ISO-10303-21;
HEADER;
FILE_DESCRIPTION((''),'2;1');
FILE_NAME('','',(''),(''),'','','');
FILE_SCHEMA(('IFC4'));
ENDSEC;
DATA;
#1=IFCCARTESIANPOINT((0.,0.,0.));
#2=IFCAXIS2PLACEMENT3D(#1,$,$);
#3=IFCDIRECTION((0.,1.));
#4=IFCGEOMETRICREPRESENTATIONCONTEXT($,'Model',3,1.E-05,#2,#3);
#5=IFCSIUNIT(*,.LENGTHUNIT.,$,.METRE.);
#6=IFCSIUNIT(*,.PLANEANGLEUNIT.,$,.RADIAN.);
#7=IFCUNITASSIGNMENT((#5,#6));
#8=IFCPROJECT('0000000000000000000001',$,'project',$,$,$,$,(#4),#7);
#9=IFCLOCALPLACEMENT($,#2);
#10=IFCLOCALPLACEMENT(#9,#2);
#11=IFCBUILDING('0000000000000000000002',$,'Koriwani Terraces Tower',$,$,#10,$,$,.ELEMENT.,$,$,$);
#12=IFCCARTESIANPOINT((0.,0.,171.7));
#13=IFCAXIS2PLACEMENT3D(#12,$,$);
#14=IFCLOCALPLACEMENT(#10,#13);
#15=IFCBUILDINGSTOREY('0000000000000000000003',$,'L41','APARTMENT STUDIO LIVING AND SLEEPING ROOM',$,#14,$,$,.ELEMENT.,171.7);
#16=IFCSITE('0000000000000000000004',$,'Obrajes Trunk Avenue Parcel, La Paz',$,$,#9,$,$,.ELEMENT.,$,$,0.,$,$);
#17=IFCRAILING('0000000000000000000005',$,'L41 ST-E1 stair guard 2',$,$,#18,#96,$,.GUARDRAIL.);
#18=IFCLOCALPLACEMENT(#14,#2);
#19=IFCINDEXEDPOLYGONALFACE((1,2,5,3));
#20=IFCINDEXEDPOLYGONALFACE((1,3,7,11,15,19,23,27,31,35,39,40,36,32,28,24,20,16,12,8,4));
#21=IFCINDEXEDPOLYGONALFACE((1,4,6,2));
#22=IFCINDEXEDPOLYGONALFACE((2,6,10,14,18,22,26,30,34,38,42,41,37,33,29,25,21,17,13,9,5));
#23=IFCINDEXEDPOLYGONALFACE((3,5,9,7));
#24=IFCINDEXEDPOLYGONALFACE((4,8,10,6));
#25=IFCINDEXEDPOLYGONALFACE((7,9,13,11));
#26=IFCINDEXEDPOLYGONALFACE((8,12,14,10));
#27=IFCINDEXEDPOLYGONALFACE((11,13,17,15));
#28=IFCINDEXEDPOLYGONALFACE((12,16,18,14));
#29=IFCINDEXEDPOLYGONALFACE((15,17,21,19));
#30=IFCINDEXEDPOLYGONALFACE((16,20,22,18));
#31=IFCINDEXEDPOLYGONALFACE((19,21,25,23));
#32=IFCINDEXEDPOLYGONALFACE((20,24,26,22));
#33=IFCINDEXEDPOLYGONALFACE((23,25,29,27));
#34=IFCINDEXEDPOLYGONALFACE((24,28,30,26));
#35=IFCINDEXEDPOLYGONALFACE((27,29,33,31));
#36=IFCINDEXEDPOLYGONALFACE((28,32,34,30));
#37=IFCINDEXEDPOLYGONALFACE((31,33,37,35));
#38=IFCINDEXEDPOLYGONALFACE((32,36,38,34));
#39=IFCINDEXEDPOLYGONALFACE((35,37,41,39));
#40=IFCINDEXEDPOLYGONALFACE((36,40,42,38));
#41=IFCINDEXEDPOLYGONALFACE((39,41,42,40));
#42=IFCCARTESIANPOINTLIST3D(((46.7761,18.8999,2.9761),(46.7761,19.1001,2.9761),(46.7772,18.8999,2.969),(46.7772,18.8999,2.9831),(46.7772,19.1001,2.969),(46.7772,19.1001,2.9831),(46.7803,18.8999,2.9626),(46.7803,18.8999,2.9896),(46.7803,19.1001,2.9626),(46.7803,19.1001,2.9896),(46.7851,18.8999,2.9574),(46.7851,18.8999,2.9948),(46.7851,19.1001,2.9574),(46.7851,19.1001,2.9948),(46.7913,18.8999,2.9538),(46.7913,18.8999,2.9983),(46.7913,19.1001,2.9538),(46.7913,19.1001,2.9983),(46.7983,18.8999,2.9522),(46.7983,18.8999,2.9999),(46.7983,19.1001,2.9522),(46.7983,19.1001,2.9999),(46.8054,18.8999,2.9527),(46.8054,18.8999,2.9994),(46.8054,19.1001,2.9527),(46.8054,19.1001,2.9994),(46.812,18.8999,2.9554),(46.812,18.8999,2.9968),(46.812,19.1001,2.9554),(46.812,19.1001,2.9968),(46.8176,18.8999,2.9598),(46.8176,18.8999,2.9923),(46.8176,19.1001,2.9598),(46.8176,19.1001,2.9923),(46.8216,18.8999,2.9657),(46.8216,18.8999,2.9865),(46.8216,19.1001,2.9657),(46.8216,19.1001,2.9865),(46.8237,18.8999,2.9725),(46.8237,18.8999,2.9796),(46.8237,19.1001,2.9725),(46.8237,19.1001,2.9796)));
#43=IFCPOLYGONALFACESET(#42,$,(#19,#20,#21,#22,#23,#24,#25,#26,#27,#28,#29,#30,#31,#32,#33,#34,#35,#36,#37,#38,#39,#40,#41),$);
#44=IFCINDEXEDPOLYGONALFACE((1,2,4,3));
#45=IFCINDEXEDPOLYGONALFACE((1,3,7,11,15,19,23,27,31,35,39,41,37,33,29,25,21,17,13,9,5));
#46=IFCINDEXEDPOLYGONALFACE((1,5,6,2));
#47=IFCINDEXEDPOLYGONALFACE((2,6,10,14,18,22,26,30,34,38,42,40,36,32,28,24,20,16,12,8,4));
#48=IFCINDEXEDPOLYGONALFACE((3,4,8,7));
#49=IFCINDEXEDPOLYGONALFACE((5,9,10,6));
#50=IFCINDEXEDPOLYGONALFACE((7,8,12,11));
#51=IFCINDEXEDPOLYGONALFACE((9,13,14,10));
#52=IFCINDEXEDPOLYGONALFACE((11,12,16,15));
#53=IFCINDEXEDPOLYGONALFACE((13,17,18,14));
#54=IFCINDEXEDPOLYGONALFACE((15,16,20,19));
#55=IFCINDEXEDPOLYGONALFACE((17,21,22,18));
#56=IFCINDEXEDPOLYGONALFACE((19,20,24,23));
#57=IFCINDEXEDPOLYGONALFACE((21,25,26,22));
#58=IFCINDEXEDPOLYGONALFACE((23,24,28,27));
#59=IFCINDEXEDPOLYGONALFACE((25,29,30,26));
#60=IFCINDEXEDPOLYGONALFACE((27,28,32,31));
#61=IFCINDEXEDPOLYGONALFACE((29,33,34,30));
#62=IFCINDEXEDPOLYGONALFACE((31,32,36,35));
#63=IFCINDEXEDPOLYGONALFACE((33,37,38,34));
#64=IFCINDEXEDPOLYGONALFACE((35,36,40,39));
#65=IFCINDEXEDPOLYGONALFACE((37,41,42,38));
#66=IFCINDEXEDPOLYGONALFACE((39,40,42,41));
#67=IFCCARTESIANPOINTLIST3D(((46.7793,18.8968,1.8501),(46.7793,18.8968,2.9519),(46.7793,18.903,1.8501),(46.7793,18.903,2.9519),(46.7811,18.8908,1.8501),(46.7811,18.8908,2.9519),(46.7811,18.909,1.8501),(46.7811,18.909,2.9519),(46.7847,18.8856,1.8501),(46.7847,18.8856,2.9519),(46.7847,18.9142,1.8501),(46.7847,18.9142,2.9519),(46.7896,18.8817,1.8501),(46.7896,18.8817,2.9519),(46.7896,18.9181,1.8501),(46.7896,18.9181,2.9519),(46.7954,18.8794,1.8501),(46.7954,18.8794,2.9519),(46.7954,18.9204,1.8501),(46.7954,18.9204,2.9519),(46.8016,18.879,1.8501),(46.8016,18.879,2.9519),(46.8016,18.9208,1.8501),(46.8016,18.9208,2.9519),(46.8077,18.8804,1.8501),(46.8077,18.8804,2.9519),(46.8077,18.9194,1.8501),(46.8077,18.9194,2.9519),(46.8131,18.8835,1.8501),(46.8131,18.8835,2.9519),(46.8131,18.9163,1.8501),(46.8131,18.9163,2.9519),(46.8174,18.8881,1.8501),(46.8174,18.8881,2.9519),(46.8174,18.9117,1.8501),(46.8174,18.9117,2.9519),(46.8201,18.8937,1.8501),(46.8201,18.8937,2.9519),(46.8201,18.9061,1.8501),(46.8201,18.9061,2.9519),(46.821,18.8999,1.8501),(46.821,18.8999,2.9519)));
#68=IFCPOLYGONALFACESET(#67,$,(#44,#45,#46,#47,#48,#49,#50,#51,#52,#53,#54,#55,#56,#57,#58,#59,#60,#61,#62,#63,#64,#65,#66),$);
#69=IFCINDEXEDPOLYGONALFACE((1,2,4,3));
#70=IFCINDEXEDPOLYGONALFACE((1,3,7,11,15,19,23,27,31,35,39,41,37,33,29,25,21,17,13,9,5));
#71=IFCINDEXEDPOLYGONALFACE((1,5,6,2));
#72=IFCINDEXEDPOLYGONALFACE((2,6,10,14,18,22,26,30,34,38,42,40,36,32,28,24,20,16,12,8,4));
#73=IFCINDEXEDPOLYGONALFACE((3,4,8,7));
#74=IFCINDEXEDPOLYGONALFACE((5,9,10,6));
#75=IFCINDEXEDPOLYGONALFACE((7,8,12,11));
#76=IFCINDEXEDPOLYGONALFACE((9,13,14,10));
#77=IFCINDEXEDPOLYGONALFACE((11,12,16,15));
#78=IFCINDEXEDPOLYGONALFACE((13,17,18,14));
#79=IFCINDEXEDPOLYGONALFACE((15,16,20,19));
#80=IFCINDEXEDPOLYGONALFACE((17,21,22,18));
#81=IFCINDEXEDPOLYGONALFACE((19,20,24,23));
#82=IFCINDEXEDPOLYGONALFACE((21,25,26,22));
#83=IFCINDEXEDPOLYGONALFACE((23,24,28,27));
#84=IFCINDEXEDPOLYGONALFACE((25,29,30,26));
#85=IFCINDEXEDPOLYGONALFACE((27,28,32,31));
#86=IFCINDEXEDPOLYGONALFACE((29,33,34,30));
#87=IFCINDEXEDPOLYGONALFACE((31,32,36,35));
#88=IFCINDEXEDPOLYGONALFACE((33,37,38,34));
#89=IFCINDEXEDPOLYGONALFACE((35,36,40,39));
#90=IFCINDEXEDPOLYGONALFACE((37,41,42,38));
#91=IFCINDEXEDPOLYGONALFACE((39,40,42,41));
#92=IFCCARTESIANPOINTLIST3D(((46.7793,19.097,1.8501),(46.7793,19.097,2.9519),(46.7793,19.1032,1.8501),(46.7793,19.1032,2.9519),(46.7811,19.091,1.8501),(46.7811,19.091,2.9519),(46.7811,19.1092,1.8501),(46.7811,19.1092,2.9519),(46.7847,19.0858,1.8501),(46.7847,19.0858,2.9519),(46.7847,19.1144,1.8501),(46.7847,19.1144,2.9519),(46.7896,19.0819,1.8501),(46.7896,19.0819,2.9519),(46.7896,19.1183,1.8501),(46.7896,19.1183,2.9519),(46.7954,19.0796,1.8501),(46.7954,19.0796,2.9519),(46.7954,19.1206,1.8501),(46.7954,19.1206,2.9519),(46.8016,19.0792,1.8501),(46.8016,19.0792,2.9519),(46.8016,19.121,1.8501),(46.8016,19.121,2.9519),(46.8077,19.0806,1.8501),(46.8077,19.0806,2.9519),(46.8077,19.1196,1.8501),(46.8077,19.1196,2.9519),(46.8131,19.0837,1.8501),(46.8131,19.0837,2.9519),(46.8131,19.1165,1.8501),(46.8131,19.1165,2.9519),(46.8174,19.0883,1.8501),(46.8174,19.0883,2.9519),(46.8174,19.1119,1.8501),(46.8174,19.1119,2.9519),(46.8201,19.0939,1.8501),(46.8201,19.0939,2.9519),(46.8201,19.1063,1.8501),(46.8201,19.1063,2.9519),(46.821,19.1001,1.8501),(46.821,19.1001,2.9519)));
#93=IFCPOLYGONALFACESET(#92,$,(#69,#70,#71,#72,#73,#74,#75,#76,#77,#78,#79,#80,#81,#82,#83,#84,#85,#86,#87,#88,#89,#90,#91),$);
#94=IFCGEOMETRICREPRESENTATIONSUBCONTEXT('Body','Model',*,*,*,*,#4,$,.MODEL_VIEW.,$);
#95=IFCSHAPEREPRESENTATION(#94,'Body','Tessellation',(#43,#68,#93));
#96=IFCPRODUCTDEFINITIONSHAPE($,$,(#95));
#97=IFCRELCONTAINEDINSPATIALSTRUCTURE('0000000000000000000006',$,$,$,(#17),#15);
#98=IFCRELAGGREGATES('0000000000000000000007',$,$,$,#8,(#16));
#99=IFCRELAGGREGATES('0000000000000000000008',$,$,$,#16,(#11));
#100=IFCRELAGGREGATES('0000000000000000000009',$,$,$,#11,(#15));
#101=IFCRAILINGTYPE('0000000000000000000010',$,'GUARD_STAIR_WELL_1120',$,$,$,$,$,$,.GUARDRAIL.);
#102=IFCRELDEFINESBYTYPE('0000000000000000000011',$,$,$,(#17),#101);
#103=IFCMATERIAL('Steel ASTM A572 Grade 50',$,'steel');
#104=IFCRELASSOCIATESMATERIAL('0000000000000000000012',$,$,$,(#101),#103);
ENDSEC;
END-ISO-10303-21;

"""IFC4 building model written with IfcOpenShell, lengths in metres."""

from ifc_helpers import new_model, si_unit, direction, frame, origin, origin_2d, place, context, subcontext, project, spatial, circle, extrude, material, type_object, element, save


model = new_model("IFC4")

# Units and contexts
model_context = context("Model", 3, precision=1e-05, world=origin(), true_north=direction((0.0, 1.0)))
body_context = subcontext(model_context, "Body", "Model", "MODEL_VIEW")
ifc_project = project(units=[si_unit("LENGTHUNIT", "METRE"), si_unit("PLANEANGLEUNIT", "RADIAN")], contexts=[model_context])

# Site, building, storey
site_placement = place(None, origin())
site = spatial("IfcSite", under=ifc_project, at=site_placement, Name="Obrajes Trunk Avenue Parcel, La Paz", CompositionType="ELEMENT", RefElevation=0.0)
building_placement = place(site_placement, origin())
building = spatial("IfcBuilding", under=site, at=building_placement, Name="Koriwani Terraces Tower", CompositionType="ELEMENT")
storey_placement = place(building_placement, frame((0.0, 0.0, 171.7)))
storey = spatial("IfcBuildingStorey", under=building, at=storey_placement, Name="L41", Description="APARTMENT STUDIO LIVING AND SLEEPING ROOM", CompositionType="ELEMENT", Elevation=171.7)

# Shared definitions
ifc_material_1 = material(Name="Steel ASTM A572 Grade 50", Category="steel")

# Railing
railing_type_1 = type_object("IfcRailingType", Name="GUARD_STAIR_WELL_1120", PredefinedType="GUARDRAIL", material=ifc_material_1)
railing_1_placement = place(storey_placement, frame((46.8, 18.8999, 1.8501)))
element("IfcRailing", 1, at=railing_1_placement, inside=storey, type_object=railing_type_1, Name="L41 ST-E1 stair guard 2", PredefinedType="GUARDRAIL", context=body_context, shape_type="SweptSolid", body=[
    extrude(circle(Radius=0.0239, at=origin_2d()), frame((0.0, 0.0, 1.126), z_axis=(0.0, 1.0, 0.0), x_axis=(-1.0, 0.0, 0.0)), (0.0, 0.0, 1.0), 0.2002),
    extrude(circle(Radius=0.021, at=origin_2d()), origin(), (0.0, 0.0, 1.0), 1.1018),
    extrude(circle(Radius=0.021, at=origin_2d()), frame((0.0, 0.2002, 0.0)), (0.0, 0.0, 1.0), 1.1018),
])

save(model, "model.ifc")
